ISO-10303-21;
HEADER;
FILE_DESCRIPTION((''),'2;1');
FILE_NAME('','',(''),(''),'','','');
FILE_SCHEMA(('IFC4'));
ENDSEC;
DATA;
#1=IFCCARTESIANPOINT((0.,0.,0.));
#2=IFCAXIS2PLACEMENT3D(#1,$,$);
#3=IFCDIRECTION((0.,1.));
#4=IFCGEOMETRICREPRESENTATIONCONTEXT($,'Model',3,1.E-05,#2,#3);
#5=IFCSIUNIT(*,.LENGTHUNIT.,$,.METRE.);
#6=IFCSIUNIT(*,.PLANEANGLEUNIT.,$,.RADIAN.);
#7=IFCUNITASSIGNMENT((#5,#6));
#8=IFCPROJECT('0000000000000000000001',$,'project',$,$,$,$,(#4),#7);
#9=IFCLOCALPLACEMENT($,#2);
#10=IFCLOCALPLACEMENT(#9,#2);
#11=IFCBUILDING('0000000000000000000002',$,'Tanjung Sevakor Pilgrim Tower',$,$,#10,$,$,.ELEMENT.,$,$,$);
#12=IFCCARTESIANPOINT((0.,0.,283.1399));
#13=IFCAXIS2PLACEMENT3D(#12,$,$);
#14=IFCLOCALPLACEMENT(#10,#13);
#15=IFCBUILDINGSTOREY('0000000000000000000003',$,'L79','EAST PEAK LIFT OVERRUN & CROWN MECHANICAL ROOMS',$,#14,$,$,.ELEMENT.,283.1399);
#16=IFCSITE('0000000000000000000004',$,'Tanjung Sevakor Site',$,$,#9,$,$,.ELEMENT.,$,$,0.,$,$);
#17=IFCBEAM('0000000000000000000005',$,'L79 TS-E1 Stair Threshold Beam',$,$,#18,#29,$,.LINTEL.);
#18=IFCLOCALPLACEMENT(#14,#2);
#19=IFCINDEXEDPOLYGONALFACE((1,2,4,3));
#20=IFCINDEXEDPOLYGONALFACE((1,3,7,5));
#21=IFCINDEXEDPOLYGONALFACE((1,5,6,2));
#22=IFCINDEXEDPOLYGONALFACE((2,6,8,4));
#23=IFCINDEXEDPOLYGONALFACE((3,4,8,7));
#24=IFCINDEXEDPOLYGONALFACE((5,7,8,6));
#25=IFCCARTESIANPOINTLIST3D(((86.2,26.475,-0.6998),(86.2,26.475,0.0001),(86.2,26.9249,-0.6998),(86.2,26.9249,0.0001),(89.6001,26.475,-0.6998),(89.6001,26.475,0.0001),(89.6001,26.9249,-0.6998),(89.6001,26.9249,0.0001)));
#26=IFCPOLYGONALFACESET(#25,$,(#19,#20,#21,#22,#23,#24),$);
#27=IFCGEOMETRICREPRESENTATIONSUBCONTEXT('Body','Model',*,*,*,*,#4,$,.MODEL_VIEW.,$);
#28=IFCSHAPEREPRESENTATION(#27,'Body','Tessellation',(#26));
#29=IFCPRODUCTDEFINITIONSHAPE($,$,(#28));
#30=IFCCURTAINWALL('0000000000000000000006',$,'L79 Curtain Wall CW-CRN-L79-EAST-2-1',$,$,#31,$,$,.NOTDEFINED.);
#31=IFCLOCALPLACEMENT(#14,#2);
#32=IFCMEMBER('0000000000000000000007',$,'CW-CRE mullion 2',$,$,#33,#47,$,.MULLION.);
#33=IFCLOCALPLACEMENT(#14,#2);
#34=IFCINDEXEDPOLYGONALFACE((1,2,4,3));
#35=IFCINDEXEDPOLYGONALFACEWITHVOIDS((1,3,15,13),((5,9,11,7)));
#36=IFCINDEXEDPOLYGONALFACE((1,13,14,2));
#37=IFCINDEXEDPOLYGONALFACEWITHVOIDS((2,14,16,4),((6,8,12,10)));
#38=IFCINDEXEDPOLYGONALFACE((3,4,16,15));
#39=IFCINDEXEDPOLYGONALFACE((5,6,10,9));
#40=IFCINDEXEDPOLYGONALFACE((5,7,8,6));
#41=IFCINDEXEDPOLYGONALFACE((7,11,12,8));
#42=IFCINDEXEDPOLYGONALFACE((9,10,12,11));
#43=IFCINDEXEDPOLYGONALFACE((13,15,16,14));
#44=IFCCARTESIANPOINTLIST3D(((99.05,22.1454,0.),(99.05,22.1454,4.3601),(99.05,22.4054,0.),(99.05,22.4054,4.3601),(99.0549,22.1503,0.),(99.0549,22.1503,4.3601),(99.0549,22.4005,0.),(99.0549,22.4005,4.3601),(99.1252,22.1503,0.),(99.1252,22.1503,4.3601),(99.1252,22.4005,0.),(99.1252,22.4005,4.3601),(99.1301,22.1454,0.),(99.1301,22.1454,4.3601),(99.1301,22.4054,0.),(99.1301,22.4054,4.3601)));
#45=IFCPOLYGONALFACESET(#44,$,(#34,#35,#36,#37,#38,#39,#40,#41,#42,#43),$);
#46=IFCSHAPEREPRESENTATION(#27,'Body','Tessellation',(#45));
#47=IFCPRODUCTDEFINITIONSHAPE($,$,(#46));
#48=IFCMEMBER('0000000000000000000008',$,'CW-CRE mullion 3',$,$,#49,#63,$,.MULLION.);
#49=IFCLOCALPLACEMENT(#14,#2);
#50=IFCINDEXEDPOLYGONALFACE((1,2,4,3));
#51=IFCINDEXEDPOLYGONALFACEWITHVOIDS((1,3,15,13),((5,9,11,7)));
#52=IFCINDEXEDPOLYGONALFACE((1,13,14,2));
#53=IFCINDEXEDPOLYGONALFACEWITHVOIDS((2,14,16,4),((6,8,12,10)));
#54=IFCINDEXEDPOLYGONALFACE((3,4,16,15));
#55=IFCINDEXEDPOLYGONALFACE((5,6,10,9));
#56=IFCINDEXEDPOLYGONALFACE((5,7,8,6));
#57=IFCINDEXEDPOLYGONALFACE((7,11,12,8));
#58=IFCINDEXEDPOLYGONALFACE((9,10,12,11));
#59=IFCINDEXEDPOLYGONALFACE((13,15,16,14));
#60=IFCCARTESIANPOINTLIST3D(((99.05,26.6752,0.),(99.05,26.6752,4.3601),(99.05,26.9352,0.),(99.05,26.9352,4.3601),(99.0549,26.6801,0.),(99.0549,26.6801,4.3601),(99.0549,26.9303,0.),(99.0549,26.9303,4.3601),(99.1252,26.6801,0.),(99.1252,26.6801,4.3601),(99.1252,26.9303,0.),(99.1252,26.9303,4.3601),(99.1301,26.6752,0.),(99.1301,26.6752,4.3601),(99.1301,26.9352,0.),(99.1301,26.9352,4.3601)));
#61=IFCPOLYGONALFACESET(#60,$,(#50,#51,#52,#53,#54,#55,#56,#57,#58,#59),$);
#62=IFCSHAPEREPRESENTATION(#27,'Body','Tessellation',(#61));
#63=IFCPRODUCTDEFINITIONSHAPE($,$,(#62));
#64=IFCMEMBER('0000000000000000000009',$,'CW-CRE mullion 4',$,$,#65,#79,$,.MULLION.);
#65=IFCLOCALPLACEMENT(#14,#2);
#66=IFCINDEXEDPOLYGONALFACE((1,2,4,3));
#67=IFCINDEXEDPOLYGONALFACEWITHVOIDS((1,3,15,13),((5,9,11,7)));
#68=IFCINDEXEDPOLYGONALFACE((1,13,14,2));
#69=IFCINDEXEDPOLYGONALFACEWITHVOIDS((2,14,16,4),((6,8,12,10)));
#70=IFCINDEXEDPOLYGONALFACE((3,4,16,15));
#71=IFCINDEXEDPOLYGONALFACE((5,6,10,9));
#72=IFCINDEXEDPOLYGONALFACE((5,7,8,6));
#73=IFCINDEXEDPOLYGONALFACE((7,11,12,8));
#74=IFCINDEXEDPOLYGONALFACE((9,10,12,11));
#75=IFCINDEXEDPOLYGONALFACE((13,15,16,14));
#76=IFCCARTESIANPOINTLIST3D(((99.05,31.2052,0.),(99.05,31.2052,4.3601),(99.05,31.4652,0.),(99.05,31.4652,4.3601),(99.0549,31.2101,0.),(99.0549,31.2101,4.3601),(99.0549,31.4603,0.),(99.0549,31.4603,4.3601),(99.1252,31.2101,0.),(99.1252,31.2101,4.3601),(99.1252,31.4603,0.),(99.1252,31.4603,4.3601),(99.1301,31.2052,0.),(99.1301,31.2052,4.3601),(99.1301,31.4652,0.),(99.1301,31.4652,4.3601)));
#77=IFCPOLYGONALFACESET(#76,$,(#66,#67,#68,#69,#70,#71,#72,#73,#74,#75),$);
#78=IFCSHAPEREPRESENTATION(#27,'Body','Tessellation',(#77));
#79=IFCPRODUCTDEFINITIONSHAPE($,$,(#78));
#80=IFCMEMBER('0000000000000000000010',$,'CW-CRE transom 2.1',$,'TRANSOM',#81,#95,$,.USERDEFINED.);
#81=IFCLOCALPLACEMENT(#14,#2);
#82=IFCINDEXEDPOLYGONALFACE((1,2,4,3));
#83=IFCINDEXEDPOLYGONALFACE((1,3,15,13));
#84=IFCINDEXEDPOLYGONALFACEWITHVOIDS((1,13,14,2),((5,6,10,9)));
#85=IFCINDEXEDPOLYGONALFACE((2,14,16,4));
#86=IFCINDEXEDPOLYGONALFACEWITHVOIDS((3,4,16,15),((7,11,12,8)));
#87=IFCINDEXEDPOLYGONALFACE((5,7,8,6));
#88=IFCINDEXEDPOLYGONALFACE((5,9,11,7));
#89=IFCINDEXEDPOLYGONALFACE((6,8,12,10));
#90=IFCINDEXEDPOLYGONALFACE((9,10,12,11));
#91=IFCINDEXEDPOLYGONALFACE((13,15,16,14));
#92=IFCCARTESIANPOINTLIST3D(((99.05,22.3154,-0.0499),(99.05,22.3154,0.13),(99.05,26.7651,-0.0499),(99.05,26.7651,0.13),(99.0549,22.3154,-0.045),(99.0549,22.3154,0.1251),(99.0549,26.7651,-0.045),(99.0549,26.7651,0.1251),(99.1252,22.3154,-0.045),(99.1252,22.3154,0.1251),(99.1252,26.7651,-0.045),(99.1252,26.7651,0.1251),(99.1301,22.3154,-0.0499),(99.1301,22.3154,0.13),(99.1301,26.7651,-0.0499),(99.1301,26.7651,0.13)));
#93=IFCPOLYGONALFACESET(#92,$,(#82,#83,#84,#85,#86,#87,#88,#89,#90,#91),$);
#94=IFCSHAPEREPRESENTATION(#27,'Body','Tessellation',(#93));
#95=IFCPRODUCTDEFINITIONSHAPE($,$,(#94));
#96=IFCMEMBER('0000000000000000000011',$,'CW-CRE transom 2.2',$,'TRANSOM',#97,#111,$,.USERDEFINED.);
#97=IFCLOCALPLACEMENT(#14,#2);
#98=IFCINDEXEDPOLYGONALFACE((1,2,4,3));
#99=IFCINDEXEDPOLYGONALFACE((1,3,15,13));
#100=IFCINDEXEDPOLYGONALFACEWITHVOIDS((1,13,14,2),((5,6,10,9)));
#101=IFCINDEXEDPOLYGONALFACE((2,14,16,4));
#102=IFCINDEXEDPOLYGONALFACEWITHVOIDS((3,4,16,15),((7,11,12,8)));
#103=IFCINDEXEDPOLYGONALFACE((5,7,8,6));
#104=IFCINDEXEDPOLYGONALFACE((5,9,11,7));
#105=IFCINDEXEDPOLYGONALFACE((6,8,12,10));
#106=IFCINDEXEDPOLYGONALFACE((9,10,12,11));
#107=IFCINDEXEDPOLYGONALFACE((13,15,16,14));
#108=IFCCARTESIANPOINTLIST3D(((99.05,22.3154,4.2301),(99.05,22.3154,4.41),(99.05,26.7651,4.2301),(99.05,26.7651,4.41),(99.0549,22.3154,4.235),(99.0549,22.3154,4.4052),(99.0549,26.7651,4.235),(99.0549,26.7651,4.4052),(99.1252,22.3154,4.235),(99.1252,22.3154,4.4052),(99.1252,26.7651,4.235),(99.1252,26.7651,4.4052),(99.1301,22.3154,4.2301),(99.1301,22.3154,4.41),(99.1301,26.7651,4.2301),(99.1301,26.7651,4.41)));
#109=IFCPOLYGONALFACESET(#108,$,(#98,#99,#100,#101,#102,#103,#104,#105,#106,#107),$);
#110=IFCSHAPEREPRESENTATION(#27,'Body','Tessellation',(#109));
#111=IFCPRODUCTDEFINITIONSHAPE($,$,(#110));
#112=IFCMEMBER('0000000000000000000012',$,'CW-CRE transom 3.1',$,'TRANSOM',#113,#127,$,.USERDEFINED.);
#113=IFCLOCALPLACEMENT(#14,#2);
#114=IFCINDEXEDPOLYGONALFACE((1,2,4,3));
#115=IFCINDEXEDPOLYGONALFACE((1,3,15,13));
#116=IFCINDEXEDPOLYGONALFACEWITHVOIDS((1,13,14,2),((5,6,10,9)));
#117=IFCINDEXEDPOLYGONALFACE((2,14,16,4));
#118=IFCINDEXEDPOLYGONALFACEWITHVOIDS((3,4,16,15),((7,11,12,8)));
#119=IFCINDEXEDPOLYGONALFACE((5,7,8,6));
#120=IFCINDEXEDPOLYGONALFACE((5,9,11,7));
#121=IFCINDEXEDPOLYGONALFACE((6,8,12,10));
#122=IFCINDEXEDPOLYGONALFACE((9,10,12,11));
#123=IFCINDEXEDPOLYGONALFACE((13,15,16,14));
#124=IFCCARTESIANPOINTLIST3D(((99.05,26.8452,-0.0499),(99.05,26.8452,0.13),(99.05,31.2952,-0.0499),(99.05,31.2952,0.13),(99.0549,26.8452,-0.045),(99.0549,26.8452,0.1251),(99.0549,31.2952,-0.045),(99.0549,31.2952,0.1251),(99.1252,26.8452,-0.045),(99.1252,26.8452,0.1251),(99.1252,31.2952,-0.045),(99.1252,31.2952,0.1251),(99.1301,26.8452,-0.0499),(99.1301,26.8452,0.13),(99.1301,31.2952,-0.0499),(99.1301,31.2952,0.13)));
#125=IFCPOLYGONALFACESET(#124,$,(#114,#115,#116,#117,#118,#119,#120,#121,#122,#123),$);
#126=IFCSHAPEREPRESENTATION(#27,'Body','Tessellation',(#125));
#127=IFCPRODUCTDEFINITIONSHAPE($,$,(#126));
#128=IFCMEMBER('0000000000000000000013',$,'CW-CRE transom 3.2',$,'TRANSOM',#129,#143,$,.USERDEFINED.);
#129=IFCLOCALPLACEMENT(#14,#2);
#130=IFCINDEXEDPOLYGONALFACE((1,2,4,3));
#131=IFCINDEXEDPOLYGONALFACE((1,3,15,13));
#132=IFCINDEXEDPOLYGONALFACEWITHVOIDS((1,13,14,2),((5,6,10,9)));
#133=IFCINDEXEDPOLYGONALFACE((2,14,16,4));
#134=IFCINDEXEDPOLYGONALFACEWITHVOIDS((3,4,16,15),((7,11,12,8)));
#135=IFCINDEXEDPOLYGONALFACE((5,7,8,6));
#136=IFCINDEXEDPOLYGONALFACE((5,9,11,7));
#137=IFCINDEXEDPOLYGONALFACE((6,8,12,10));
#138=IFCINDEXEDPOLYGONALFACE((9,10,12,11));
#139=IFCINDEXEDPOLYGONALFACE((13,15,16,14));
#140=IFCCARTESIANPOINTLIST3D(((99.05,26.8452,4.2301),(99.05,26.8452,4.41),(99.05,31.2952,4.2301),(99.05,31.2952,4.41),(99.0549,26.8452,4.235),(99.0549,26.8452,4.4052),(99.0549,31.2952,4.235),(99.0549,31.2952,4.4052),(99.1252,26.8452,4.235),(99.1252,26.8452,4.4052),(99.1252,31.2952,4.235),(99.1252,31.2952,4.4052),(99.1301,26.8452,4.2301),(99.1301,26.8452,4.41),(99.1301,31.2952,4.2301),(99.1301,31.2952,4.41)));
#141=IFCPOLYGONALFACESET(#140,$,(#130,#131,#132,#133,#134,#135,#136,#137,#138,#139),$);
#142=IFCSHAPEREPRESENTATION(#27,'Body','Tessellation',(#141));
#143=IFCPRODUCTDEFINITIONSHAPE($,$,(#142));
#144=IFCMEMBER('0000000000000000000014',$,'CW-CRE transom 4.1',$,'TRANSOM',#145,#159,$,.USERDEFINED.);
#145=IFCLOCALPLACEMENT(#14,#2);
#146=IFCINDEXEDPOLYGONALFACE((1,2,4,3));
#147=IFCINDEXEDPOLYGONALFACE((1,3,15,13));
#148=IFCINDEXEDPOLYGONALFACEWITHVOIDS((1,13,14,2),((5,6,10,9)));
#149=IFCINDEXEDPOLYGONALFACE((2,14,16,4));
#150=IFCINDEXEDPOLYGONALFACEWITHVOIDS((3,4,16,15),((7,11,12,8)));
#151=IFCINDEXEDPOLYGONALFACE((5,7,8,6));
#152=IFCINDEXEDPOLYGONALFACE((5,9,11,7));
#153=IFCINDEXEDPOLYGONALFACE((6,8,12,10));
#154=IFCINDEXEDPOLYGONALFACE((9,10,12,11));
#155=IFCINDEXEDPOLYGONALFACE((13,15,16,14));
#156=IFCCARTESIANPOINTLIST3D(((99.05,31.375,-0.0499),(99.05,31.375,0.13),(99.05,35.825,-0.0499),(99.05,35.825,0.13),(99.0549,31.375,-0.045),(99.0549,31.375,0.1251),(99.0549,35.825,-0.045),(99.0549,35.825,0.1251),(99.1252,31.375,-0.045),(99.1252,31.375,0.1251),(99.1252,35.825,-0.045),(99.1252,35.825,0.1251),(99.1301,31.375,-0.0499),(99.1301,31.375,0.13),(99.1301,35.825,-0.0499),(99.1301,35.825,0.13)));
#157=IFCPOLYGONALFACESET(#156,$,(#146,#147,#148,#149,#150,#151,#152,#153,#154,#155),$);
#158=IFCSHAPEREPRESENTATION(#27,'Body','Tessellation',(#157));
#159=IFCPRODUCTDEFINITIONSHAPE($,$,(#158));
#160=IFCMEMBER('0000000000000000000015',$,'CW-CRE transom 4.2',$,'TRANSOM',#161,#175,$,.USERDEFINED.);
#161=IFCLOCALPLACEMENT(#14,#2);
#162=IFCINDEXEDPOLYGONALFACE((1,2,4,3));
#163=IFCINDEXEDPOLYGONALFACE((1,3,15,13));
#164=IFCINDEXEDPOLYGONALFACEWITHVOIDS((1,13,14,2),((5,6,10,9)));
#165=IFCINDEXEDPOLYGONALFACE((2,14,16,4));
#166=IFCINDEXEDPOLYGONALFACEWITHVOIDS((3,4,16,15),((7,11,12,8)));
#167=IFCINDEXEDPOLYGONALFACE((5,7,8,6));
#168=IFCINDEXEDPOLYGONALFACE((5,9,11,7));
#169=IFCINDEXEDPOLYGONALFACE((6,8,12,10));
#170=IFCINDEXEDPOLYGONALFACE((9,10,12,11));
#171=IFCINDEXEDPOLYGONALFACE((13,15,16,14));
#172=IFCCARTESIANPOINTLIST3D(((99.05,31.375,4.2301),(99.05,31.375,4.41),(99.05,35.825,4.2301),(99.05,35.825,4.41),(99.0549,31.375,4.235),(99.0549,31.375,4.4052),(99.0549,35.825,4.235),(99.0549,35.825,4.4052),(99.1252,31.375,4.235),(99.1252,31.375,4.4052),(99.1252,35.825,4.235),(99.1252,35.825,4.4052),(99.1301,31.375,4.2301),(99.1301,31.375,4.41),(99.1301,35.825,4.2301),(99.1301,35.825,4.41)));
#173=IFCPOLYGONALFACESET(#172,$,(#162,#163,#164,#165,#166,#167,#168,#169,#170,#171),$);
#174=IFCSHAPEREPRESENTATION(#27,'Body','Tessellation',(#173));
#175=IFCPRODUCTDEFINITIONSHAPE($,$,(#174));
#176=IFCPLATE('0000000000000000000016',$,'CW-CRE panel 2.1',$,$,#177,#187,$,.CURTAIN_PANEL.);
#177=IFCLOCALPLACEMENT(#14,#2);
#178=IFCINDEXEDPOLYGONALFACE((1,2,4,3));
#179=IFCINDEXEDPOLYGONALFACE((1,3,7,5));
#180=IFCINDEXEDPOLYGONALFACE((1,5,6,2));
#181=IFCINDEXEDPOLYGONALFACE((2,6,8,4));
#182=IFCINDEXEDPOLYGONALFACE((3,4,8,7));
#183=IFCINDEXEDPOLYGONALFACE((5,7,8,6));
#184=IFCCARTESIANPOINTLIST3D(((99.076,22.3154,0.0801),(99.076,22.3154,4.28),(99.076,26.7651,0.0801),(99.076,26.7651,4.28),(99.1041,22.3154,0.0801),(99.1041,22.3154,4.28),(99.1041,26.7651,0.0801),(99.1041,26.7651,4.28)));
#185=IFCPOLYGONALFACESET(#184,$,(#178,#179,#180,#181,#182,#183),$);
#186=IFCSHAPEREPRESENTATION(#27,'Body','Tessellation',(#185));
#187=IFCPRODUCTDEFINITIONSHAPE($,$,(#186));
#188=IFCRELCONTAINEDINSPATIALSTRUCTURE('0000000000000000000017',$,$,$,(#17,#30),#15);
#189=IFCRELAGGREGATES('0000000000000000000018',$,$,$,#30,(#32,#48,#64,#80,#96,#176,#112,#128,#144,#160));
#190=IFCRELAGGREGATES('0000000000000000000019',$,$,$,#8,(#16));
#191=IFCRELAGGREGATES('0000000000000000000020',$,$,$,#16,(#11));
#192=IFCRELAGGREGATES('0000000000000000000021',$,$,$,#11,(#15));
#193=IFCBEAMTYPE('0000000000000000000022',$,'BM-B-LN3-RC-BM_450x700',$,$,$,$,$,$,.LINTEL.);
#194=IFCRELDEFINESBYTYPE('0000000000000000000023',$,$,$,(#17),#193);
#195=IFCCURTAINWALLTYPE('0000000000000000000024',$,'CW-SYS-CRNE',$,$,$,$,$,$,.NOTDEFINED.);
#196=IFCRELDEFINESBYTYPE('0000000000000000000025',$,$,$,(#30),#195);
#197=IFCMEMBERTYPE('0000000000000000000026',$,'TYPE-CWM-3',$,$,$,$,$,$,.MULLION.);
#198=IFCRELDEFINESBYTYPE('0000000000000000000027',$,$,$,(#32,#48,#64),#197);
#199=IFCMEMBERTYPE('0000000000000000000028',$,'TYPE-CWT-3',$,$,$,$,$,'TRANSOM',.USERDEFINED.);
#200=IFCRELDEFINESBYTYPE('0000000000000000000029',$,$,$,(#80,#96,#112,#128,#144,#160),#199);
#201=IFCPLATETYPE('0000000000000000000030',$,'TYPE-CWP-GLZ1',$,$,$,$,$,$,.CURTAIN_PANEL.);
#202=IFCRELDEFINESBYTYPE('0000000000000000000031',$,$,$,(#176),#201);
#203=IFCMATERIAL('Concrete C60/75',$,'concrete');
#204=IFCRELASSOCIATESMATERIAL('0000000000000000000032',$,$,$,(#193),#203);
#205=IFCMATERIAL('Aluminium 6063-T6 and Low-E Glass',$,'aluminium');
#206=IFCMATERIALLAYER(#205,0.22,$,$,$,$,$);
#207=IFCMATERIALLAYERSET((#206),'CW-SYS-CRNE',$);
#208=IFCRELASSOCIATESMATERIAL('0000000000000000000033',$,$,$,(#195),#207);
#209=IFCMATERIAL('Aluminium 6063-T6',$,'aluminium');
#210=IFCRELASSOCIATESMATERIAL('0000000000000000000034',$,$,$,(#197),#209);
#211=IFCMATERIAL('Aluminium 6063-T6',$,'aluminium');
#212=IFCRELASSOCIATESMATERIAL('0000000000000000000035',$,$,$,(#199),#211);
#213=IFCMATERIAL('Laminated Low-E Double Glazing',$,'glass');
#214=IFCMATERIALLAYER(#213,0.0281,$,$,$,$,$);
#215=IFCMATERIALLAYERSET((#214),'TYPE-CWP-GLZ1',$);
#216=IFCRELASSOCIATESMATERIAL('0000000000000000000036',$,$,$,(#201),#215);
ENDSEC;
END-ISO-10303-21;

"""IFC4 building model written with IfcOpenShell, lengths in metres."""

from ifc_helpers import new_model, si_unit, direction, frame, origin, origin_2d, place, context, subcontext, project, spatial, rectangle, hollow_rectangle, extrude, material, layer, layer_set, material_profile, profile_set, type_object, element, aggregate, save


model = new_model("IFC4")

# Units and contexts
model_context = context("Model", 3, precision=1e-05, world=origin(), true_north=direction((0.0, 1.0)))
body_context = subcontext(model_context, "Body", "Model", "MODEL_VIEW")
ifc_project = project(units=[si_unit("LENGTHUNIT", "METRE"), si_unit("PLANEANGLEUNIT", "RADIAN")], contexts=[model_context])

# Site, building, storey
site_placement = place(None, origin())
site = spatial("IfcSite", under=ifc_project, at=site_placement, Name="Tanjung Sevakor Site", CompositionType="ELEMENT", RefElevation=0.0)
building_placement = place(site_placement, origin())
building = spatial("IfcBuilding", under=site, at=building_placement, Name="Tanjung Sevakor Pilgrim Tower", CompositionType="ELEMENT")
storey_placement = place(building_placement, frame((0.0, 0.0, 283.1399)))
storey = spatial("IfcBuildingStorey", under=building, at=storey_placement, Name="L79", Description="EAST PEAK LIFT OVERRUN & CROWN MECHANICAL ROOMS", CompositionType="ELEMENT", Elevation=283.1399)

# Beam
ifc_material_1 = material(Name="Concrete C60/75", Category="concrete")
ifc_material_profile_1 = material_profile(ifc_material_1, rectangle(XDim=0.45, YDim=0.7, at=origin_2d()))
ifc_profile_set_1 = profile_set([ifc_material_profile_1], Name="Concrete C60/75")
beam_type = type_object("IfcBeamType", Name="BM-B-LN3-RC-BM_450x700", PredefinedType="LINTEL", material=ifc_profile_set_1)
beam_placement = place(storey_placement, frame((86.2, 26.7, -0.3499), z_axis=(1.0, 0.0, 0.0), x_axis=(0.0, 1.0, 0.0)))
element("IfcBeam", 1, at=beam_placement, inside=storey, type_object=beam_type, Name="L79 TS-E1 Stair Threshold Beam", PredefinedType="LINTEL", context=body_context, shape_type="SweptSolid", body=[
    extrude(rectangle(XDim=0.45, YDim=0.7, at=origin_2d()), origin(), (0.0, 0.0, 1.0), 3.4001),
])

# Curtain wall, members, plate
ifc_material_2 = material(Name="Aluminium 6063-T6 and Low-E Glass", Category="aluminium")
ifc_layer_1 = layer(ifc_material_2, 0.22)
ifc_layer_set_1 = layer_set([ifc_layer_1], Name="CW-SYS-CRNE")
curtain_wall_type = type_object("IfcCurtainWallType", Name="CW-SYS-CRNE", PredefinedType="NOTDEFINED", material=ifc_layer_set_1)
curtain_wall_placement = place(storey_placement, origin())
curtain_wall = element("IfcCurtainWall", 2, at=curtain_wall_placement, inside=storey, type_object=curtain_wall_type, Name="L79 Curtain Wall CW-CRN-L79-EAST-2-1", PredefinedType="NOTDEFINED")
ifc_material_3 = material(Name="Aluminium 6063-T6", Category="aluminium")
ifc_material_profile_2 = material_profile(ifc_material_3, hollow_rectangle(XDim=0.0801, YDim=0.26, WallThickness=0.0049, at=origin_2d()))
ifc_profile_set_2 = profile_set([ifc_material_profile_2], Name="Aluminium 6063-T6")
member_type_1 = type_object("IfcMemberType", Name="TYPE-CWM-3", PredefinedType="MULLION", material=ifc_profile_set_2)
member_1_placement = place(storey_placement, frame((99.0901, 22.2754, 0.0), z_axis=(0.0, 0.0, 1.0), x_axis=(-1.0, 0.0, 0.0)))
member_1 = element("IfcMember", 3, at=member_1_placement, type_object=member_type_1, Name="CW-CRE mullion 2", PredefinedType="MULLION", context=body_context, shape_type="SweptSolid", body=[
    extrude(hollow_rectangle(XDim=0.0801, YDim=0.26, WallThickness=0.0049, at=origin_2d()), origin(), (0.0, 0.0, 1.0), 4.3601),
])
member_2_placement = place(storey_placement, frame((99.0901, 26.8052, 0.0), z_axis=(0.0, 0.0, 1.0), x_axis=(-1.0, 0.0, 0.0)))
member_2 = element("IfcMember", 4, at=member_2_placement, type_object=member_type_1, Name="CW-CRE mullion 3", PredefinedType="MULLION", context=body_context, shape_type="SweptSolid", body=[
    extrude(hollow_rectangle(XDim=0.0801, YDim=0.26, WallThickness=0.0049, at=origin_2d()), origin(), (0.0, 0.0, 1.0), 4.3601),
])
member_3_placement = place(storey_placement, frame((99.0901, 31.3352, 0.0), z_axis=(0.0, 0.0, 1.0), x_axis=(-1.0, 0.0, 0.0)))
member_3 = element("IfcMember", 5, at=member_3_placement, type_object=member_type_1, Name="CW-CRE mullion 4", PredefinedType="MULLION", context=body_context, shape_type="SweptSolid", body=[
    extrude(hollow_rectangle(XDim=0.0801, YDim=0.26, WallThickness=0.0049, at=origin_2d()), origin(), (0.0, 0.0, 1.0), 4.3601),
])
ifc_material_4 = material(Name="Aluminium 6063-T6", Category="aluminium")
ifc_material_profile_3 = material_profile(ifc_material_4, hollow_rectangle(XDim=0.0801, YDim=0.1799, WallThickness=0.0049, at=origin_2d()))
ifc_profile_set_3 = profile_set([ifc_material_profile_3], Name="Aluminium 6063-T6")
member_type_2 = type_object("IfcMemberType", Name="TYPE-CWT-3", ElementType="TRANSOM", PredefinedType="USERDEFINED", material=ifc_profile_set_3)
member_4_placement = place(storey_placement, frame((99.0901, 22.3154, 0.04), z_axis=(0.0, 1.0, 0.0), x_axis=(-1.0, 0.0, 0.0)))
member_4 = element("IfcMember", 6, at=member_4_placement, type_object=member_type_2, Name="CW-CRE transom 2.1", ObjectType="TRANSOM", PredefinedType="USERDEFINED", context=body_context, shape_type="SweptSolid", body=[
    extrude(hollow_rectangle(XDim=0.0801, YDim=0.1799, WallThickness=0.0049, at=origin_2d()), origin(), (0.0, 0.0, 1.0), 4.4497),
])
member_5_placement = place(storey_placement, frame((99.0901, 22.3154, 4.3201), z_axis=(0.0, 1.0, 0.0), x_axis=(-1.0, 0.0, 0.0)))
member_5 = element("IfcMember", 7, at=member_5_placement, type_object=member_type_2, Name="CW-CRE transom 2.2", ObjectType="TRANSOM", PredefinedType="USERDEFINED", context=body_context, shape_type="SweptSolid", body=[
    extrude(hollow_rectangle(XDim=0.0801, YDim=0.1799, WallThickness=0.0049, at=origin_2d()), origin(), (0.0, 0.0, 1.0), 4.4497),
])
member_6_placement = place(storey_placement, frame((99.0901, 26.8452, 0.04), z_axis=(0.0, 1.0, 0.0), x_axis=(-1.0, 0.0, 0.0)))
member_6 = element("IfcMember", 8, at=member_6_placement, type_object=member_type_2, Name="CW-CRE transom 3.1", ObjectType="TRANSOM", PredefinedType="USERDEFINED", context=body_context, shape_type="SweptSolid", body=[
    extrude(hollow_rectangle(XDim=0.0801, YDim=0.1799, WallThickness=0.0049, at=origin_2d()), origin(), (0.0, 0.0, 1.0), 4.45),
])
member_7_placement = place(storey_placement, frame((99.0901, 26.8452, 4.3201), z_axis=(0.0, 1.0, 0.0), x_axis=(-1.0, 0.0, 0.0)))
member_7 = element("IfcMember", 9, at=member_7_placement, type_object=member_type_2, Name="CW-CRE transom 3.2", ObjectType="TRANSOM", PredefinedType="USERDEFINED", context=body_context, shape_type="SweptSolid", body=[
    extrude(hollow_rectangle(XDim=0.0801, YDim=0.1799, WallThickness=0.0049, at=origin_2d()), origin(), (0.0, 0.0, 1.0), 4.45),
])
member_8_placement = place(storey_placement, frame((99.0901, 31.375, 0.04), z_axis=(0.0, 1.0, 0.0), x_axis=(-1.0, 0.0, 0.0)))
member_8 = element("IfcMember", 10, at=member_8_placement, type_object=member_type_2, Name="CW-CRE transom 4.1", ObjectType="TRANSOM", PredefinedType="USERDEFINED", context=body_context, shape_type="SweptSolid", body=[
    extrude(hollow_rectangle(XDim=0.0801, YDim=0.1799, WallThickness=0.0049, at=origin_2d()), origin(), (0.0, 0.0, 1.0), 4.45),
])
member_9_placement = place(storey_placement, frame((99.0901, 31.375, 4.3201), z_axis=(0.0, 1.0, 0.0), x_axis=(-1.0, 0.0, 0.0)))
member_9 = element("IfcMember", 11, at=member_9_placement, type_object=member_type_2, Name="CW-CRE transom 4.2", ObjectType="TRANSOM", PredefinedType="USERDEFINED", context=body_context, shape_type="SweptSolid", body=[
    extrude(hollow_rectangle(XDim=0.0801, YDim=0.1799, WallThickness=0.0049, at=origin_2d()), origin(), (0.0, 0.0, 1.0), 4.45),
])
ifc_material_5 = material(Name="Laminated Low-E Double Glazing", Category="glass")
ifc_layer_2 = layer(ifc_material_5, 0.0281)
ifc_layer_set_2 = layer_set([ifc_layer_2], Name="TYPE-CWP-GLZ1")
plate_type = type_object("IfcPlateType", Name="TYPE-CWP-GLZ1", PredefinedType="CURTAIN_PANEL", material=ifc_layer_set_2)
plate_1_placement = place(storey_placement, frame((99.0901, 24.5403, 0.0801), z_axis=(0.0, 0.0, 1.0), x_axis=(0.0, 1.0, 0.0)))
plate_1 = element("IfcPlate", 12, at=plate_1_placement, type_object=plate_type, Name="CW-CRE panel 2.1", PredefinedType="CURTAIN_PANEL", context=body_context, shape_type="SweptSolid", body=[
    extrude(rectangle(XDim=4.4497, YDim=0.0281, at=origin_2d()), origin(), (0.0, 0.0, 1.0), 4.2),
])
aggregate(curtain_wall, [member_1, member_2, member_3, member_4, member_5, plate_1, member_6, member_7, member_8, member_9])

save(model, "model.ifc")
